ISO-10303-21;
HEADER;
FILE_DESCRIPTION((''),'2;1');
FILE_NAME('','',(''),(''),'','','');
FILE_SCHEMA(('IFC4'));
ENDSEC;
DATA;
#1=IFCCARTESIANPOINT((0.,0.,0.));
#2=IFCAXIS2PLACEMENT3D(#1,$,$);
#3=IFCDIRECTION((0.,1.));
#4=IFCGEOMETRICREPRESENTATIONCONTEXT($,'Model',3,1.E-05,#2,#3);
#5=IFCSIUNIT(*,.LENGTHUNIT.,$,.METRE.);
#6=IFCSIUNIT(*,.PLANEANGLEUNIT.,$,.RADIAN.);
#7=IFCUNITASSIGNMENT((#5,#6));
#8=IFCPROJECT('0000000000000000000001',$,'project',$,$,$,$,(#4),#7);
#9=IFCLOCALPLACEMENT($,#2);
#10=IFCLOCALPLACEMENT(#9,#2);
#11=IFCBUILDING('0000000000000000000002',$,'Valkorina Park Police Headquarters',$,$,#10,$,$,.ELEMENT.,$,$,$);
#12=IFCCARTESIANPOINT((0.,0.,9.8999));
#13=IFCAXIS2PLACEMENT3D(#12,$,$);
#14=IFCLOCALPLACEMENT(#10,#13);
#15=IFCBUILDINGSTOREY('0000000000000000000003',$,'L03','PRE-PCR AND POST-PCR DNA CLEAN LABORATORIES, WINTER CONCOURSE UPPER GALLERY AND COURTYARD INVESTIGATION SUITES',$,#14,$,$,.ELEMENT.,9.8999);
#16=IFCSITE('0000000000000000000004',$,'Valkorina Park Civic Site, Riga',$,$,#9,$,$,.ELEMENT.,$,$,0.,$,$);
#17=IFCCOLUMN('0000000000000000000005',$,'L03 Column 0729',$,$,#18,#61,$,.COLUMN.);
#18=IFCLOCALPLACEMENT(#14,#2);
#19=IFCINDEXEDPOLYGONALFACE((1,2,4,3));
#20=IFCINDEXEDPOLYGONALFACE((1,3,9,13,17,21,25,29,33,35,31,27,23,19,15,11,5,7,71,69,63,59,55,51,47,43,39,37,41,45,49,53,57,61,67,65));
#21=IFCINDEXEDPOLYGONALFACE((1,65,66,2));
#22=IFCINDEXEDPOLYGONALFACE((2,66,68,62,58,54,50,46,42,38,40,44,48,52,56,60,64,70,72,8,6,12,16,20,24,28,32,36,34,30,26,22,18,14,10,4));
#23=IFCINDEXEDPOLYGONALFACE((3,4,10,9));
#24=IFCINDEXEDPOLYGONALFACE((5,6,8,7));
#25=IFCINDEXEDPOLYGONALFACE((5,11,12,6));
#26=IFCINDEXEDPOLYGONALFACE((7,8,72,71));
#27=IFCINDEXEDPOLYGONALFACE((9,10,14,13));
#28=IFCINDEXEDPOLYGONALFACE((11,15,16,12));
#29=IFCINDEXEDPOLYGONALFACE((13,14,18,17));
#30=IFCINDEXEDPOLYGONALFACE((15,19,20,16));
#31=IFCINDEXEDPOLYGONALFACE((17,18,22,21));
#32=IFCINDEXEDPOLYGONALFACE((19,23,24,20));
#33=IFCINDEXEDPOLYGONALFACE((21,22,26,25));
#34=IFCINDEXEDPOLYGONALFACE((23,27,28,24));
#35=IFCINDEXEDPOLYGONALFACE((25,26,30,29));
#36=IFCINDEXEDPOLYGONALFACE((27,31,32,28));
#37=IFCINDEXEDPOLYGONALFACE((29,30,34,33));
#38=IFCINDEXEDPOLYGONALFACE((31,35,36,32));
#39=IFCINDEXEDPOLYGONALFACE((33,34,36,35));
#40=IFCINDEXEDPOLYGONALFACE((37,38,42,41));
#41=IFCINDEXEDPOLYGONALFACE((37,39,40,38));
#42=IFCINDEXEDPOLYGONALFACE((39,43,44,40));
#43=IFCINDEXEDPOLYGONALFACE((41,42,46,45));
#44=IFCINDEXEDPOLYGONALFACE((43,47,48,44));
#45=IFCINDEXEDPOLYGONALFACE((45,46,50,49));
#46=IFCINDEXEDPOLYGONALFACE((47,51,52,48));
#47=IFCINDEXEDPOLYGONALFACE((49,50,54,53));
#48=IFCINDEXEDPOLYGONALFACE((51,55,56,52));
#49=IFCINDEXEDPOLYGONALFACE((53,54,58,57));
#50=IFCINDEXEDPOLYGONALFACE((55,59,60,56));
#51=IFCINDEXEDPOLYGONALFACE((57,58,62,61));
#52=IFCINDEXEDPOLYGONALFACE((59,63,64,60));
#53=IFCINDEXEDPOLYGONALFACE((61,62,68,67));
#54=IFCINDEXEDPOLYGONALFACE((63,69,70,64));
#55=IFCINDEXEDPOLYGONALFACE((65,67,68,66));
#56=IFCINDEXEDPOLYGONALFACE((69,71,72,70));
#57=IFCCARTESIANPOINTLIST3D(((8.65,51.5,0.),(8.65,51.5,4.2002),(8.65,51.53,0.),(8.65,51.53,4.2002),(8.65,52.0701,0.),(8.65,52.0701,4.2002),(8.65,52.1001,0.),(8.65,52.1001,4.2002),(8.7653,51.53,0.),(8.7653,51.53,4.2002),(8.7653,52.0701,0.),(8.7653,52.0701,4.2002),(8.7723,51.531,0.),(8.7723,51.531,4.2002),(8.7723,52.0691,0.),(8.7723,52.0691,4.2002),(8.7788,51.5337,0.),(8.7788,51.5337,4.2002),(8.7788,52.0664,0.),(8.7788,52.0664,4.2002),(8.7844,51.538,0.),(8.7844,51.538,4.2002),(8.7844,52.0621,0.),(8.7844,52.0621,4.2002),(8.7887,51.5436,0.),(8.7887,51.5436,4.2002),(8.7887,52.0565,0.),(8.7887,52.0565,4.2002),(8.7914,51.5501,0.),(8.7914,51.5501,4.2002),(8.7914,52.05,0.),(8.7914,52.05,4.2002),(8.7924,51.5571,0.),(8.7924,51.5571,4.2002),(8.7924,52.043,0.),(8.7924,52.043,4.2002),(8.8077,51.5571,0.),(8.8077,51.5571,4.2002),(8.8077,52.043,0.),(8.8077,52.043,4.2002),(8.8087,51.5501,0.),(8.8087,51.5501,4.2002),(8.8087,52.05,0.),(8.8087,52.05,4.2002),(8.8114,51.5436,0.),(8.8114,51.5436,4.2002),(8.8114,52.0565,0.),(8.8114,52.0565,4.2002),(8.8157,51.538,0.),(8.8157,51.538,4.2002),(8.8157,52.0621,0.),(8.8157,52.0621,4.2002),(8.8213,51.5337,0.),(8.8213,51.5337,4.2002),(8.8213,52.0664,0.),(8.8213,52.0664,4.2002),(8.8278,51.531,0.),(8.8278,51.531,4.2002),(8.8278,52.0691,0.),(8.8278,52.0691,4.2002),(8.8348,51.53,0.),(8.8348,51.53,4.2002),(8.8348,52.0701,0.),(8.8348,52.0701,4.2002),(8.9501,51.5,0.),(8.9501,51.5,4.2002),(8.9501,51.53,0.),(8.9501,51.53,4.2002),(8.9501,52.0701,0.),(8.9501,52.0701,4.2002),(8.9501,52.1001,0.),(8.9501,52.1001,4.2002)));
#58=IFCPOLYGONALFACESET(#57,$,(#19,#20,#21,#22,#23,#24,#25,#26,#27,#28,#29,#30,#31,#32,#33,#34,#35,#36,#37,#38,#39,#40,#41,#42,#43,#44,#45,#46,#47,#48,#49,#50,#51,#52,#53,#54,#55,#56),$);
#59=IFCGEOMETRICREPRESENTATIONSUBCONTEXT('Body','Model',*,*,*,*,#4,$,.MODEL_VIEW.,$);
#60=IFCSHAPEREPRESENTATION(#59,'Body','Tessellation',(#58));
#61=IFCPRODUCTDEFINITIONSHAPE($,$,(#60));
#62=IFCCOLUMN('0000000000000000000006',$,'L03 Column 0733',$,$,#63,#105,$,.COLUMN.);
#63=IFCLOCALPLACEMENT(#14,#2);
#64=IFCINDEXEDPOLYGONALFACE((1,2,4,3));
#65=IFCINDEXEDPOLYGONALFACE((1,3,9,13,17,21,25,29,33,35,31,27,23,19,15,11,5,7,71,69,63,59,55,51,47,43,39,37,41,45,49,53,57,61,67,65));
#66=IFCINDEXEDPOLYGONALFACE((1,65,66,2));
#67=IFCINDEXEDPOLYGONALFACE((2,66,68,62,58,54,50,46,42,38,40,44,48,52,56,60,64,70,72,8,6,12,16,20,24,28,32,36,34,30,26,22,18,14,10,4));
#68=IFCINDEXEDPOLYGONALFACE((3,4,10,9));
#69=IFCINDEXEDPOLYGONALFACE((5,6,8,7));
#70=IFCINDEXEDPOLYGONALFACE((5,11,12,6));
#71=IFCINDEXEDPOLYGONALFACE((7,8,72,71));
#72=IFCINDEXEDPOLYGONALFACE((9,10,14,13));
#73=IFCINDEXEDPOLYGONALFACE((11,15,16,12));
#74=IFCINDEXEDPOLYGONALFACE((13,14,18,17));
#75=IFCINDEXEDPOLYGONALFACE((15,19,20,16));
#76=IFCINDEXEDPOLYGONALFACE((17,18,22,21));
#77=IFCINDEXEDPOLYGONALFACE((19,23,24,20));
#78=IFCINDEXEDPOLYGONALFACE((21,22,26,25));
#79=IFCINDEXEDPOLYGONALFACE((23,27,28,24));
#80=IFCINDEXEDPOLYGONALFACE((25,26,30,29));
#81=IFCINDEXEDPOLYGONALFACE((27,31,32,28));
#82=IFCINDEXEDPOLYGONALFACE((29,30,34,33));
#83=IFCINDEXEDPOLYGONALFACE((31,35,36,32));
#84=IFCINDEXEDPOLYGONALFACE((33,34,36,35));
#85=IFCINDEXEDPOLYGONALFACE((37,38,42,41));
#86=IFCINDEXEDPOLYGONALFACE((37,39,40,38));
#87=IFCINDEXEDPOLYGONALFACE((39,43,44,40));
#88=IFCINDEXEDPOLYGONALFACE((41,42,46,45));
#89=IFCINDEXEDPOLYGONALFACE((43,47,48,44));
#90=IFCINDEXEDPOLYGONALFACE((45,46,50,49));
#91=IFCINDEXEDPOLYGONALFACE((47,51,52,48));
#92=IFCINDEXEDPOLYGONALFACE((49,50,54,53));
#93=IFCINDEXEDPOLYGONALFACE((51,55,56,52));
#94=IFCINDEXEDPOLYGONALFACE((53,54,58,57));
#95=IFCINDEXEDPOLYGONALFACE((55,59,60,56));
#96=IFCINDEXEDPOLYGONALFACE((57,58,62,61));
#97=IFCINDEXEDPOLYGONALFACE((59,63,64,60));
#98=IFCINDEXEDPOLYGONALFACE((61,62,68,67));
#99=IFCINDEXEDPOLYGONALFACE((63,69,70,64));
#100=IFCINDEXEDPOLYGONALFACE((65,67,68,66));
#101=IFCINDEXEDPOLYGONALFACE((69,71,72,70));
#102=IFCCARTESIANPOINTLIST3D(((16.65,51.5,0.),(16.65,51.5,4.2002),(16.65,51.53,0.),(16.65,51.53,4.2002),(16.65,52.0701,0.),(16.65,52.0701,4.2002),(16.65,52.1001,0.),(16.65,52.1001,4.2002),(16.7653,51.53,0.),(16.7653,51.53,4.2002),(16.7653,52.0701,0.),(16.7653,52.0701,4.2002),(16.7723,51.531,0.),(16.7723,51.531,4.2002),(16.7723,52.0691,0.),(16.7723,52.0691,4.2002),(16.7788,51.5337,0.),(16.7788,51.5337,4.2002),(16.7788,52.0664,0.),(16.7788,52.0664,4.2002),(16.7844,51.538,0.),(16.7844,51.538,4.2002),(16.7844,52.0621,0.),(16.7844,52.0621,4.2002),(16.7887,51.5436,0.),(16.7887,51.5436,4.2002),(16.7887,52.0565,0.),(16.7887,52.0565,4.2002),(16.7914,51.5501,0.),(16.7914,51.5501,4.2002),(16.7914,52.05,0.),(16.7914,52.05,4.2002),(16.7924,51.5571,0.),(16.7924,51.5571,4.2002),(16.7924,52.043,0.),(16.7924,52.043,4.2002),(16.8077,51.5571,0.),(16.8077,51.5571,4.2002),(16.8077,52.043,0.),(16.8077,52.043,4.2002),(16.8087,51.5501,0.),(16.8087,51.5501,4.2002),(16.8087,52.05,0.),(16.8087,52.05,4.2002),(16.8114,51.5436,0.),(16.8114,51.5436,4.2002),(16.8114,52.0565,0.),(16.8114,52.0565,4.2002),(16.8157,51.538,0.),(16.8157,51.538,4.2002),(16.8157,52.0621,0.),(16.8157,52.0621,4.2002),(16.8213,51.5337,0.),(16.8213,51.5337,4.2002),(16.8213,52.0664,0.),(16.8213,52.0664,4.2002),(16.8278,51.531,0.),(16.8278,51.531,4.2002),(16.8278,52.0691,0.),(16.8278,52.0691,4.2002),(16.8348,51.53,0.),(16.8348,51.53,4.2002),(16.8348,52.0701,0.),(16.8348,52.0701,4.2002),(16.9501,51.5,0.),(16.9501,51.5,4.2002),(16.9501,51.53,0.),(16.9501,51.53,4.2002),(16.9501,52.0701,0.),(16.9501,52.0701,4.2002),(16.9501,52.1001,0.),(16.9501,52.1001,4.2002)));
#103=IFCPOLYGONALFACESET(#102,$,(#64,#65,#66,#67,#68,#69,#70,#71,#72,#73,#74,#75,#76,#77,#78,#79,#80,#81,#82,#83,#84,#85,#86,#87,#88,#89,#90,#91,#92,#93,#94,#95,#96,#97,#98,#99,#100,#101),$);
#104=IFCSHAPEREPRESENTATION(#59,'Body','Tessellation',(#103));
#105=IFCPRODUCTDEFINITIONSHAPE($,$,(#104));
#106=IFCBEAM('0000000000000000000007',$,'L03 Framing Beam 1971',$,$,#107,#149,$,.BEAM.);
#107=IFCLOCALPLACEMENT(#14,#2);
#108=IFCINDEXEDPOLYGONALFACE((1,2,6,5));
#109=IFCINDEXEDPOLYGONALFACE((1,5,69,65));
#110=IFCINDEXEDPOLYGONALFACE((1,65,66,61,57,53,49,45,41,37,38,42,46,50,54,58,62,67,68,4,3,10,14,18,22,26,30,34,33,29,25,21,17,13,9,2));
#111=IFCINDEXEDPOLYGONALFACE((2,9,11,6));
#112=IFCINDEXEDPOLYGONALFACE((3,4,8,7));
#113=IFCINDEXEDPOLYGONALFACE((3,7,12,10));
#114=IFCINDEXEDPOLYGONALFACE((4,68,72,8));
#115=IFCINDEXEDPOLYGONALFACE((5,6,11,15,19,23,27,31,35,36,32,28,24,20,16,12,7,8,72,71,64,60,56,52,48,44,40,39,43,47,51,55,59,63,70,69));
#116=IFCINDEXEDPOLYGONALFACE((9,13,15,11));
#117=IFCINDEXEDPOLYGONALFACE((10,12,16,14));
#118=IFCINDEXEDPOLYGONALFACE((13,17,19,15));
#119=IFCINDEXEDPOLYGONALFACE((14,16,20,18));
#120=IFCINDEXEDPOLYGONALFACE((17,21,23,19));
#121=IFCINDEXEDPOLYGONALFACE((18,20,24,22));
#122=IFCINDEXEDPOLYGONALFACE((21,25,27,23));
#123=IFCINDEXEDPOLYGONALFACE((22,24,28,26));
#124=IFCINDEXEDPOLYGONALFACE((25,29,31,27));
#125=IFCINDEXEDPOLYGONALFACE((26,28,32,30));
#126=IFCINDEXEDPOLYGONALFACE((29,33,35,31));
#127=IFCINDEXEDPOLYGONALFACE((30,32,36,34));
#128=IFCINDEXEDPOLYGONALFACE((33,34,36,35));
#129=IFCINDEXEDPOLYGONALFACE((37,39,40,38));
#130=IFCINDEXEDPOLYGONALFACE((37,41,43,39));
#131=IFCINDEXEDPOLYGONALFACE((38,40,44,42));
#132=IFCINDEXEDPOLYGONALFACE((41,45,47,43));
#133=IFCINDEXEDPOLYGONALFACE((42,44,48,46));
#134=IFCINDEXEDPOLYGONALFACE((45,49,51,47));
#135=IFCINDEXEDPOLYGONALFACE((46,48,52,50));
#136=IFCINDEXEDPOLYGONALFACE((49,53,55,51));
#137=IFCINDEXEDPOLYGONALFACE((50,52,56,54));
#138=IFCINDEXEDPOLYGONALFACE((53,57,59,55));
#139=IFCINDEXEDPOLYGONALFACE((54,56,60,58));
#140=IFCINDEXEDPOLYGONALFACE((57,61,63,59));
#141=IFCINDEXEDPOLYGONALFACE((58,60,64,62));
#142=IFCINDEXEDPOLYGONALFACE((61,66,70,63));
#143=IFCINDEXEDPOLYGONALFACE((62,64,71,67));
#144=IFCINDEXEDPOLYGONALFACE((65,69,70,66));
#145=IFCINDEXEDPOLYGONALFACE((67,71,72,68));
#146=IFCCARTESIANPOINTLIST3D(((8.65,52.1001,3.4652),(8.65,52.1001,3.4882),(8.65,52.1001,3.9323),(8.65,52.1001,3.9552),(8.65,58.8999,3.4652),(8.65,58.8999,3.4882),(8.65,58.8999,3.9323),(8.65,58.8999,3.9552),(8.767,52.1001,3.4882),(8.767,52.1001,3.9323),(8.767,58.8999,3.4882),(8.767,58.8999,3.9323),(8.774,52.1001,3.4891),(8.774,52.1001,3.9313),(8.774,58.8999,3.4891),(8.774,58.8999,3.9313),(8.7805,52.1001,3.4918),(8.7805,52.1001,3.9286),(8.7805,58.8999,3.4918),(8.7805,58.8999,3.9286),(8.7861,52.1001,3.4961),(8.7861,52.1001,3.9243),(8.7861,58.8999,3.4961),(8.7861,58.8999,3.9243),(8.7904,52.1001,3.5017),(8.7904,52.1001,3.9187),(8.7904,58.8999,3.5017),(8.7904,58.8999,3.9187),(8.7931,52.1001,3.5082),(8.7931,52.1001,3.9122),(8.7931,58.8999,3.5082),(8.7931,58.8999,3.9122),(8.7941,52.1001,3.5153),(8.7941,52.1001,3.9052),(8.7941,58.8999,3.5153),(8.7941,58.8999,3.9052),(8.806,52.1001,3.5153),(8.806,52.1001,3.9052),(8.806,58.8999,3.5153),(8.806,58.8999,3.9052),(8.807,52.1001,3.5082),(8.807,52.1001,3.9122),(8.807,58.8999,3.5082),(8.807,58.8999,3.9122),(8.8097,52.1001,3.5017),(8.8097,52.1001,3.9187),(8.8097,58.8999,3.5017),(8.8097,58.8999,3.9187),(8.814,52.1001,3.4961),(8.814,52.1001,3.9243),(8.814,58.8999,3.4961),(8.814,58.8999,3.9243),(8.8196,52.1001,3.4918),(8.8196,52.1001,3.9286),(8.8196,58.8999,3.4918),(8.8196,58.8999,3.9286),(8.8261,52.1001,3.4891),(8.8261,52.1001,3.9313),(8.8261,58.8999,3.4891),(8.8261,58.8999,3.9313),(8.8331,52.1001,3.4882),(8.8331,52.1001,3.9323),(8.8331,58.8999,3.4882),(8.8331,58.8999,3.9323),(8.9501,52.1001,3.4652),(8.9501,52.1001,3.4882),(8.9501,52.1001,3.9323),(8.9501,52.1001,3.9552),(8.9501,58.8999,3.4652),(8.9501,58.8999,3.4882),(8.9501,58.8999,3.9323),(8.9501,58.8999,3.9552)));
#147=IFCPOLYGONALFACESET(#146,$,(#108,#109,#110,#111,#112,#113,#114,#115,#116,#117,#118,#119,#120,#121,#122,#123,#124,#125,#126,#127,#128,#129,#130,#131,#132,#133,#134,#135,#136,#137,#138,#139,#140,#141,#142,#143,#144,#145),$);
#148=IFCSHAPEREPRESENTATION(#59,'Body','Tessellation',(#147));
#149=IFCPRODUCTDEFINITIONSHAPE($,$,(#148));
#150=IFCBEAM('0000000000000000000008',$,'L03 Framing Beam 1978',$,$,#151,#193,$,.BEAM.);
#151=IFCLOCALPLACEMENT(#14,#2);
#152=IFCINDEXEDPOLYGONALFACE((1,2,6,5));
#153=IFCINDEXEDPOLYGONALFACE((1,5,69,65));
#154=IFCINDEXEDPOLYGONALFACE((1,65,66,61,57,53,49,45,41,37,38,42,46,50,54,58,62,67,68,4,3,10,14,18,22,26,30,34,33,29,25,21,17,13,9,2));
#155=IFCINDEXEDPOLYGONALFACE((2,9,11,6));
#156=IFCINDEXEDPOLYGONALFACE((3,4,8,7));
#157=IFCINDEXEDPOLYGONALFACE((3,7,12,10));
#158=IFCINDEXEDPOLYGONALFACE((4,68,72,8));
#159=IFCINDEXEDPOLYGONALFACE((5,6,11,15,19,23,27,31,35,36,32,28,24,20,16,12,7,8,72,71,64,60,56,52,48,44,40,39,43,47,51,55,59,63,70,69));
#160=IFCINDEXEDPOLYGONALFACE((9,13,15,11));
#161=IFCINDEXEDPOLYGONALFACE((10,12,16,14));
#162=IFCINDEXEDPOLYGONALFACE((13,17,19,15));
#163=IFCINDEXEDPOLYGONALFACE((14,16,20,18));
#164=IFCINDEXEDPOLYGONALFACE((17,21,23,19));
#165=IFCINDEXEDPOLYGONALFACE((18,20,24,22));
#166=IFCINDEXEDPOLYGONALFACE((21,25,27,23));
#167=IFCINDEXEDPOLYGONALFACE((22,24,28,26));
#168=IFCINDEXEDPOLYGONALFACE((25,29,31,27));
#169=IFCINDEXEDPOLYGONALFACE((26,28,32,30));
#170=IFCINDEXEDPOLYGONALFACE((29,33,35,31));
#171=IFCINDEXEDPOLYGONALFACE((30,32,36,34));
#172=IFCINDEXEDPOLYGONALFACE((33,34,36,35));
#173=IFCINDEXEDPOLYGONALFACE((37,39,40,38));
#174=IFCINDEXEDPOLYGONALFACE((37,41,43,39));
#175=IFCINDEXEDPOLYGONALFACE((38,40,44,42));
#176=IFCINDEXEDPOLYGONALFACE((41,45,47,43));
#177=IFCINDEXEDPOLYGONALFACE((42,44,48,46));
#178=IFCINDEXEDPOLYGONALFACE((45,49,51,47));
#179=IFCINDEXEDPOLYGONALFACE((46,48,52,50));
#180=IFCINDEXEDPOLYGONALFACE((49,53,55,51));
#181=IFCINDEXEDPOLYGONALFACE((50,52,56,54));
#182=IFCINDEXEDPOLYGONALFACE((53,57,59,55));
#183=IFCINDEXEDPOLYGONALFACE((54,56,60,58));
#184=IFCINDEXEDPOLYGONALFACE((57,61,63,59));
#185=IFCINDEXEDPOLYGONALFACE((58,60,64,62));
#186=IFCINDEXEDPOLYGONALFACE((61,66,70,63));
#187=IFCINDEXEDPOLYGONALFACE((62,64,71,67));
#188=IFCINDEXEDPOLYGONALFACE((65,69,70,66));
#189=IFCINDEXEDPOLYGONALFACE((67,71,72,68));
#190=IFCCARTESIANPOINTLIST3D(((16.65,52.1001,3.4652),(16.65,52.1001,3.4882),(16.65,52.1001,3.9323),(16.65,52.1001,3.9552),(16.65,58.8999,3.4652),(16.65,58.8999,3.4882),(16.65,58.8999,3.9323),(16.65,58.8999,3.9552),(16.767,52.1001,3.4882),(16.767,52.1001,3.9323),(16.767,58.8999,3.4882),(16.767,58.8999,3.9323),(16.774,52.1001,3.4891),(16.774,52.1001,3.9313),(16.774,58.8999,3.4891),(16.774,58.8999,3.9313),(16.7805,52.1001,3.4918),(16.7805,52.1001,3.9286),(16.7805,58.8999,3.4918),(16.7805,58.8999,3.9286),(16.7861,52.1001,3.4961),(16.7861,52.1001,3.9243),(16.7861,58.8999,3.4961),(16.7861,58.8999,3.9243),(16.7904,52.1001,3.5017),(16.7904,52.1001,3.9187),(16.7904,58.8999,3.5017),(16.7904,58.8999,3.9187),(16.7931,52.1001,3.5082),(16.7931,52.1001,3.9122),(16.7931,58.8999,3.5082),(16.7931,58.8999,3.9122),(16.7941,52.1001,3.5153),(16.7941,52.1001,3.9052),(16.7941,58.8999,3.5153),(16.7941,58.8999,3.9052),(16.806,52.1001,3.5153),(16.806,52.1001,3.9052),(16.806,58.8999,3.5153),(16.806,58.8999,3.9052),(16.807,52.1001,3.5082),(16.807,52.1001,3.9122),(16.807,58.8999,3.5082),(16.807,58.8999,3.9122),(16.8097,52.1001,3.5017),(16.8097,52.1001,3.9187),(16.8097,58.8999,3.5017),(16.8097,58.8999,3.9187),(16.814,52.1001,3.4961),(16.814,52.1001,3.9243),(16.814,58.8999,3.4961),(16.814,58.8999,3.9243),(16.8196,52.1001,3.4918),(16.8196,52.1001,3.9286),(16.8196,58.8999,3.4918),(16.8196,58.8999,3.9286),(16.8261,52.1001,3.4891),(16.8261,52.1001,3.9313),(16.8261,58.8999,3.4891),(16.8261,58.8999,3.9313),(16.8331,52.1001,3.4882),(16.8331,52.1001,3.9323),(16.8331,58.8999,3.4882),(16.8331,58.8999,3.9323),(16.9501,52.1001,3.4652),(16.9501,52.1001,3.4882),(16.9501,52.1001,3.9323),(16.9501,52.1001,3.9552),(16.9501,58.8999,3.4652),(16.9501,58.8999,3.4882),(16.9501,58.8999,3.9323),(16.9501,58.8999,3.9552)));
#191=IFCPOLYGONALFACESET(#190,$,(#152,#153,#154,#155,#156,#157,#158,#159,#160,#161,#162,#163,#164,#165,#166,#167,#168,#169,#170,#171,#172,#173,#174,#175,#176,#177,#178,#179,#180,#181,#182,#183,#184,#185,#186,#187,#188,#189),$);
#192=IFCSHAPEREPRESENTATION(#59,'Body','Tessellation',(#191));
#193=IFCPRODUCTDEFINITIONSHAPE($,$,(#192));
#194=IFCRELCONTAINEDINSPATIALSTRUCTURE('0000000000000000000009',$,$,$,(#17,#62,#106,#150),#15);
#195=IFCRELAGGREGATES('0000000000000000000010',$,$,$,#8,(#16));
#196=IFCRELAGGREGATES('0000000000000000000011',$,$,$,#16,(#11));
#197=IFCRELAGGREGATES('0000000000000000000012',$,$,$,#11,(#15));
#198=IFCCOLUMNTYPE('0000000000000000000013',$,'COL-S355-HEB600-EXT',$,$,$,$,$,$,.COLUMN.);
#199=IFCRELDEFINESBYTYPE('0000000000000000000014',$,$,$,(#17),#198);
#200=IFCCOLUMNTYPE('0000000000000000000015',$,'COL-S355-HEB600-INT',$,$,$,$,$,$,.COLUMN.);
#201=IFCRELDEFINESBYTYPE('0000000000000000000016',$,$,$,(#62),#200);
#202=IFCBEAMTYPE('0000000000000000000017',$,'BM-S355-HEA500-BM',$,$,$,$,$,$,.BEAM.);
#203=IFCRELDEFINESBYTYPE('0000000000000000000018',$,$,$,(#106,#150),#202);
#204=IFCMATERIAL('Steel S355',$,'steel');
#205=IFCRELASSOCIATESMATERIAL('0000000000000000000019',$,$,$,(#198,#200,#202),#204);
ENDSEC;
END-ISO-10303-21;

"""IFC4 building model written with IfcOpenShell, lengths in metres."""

from ifc_helpers import new_model, si_unit, direction, frame, origin, origin_2d, place, context, subcontext, project, spatial, i_section, extrude, material, material_profile, profile_set, type_object, element, save


model = new_model("IFC4")

# Units and contexts
model_context = context("Model", 3, precision=1e-05, world=origin(), true_north=direction((0.0, 1.0)))
body_context = subcontext(model_context, "Body", "Model", "MODEL_VIEW")
ifc_project = project(units=[si_unit("LENGTHUNIT", "METRE"), si_unit("PLANEANGLEUNIT", "RADIAN")], contexts=[model_context])

# Site, building, storey
site_placement = place(None, origin())
site = spatial("IfcSite", under=ifc_project, at=site_placement, Name="Valkorina Park Civic Site, Riga", CompositionType="ELEMENT", RefElevation=0.0)
building_placement = place(site_placement, origin())
building = spatial("IfcBuilding", under=site, at=building_placement, Name="Valkorina Park Police Headquarters", CompositionType="ELEMENT")
storey_placement = place(building_placement, frame((0.0, 0.0, 9.8999)))
storey = spatial("IfcBuildingStorey", under=building, at=storey_placement, Name="L03", Description="PRE-PCR AND POST-PCR DNA CLEAN LABORATORIES, WINTER CONCOURSE UPPER GALLERY AND COURTYARD INVESTIGATION SUITES", CompositionType="ELEMENT", Elevation=9.8999)

# Columns
ifc_material_1 = material(Name="Steel S355", Category="steel")
ifc_material_profile_1 = material_profile(ifc_material_1, i_section(OverallWidth=0.3, OverallDepth=0.6001, WebThickness=0.0154, FlangeThickness=0.03, FilletRadius=0.0271, at=origin_2d()), Name="HEB 600")
ifc_profile_set_1 = profile_set([ifc_material_profile_1], Name="Steel S355")
column_type_1 = type_object("IfcColumnType", Name="COL-S355-HEB600-EXT", PredefinedType="COLUMN", material=ifc_profile_set_1)
column_1_placement = place(storey_placement, frame((8.8, 51.8, 0.0), z_axis=(0.0, 0.0, 1.0), x_axis=(1.0, 0.0, 0.0)))
element("IfcColumn", 1, at=column_1_placement, inside=storey, type_object=column_type_1, Name="L03 Column 0729", PredefinedType="COLUMN", context=body_context, shape_type="SweptSolid", body=[
    extrude(i_section(OverallWidth=0.3, OverallDepth=0.6001, WebThickness=0.0154, FlangeThickness=0.03, FilletRadius=0.0271, at=origin_2d()), origin(), (0.0, 0.0, 1.0), 4.2002),
])
ifc_material_profile_2 = material_profile(ifc_material_1, i_section(OverallWidth=0.3, OverallDepth=0.6001, WebThickness=0.0154, FlangeThickness=0.03, FilletRadius=0.0271, at=origin_2d()), Name="HEB 600")
ifc_profile_set_2 = profile_set([ifc_material_profile_2], Name="Steel S355")
column_type_2 = type_object("IfcColumnType", Name="COL-S355-HEB600-INT", PredefinedType="COLUMN", material=ifc_profile_set_2)
column_2_placement = place(storey_placement, frame((16.8, 51.8, 0.0), z_axis=(0.0, 0.0, 1.0), x_axis=(1.0, 0.0, 0.0)))
element("IfcColumn", 2, at=column_2_placement, inside=storey, type_object=column_type_2, Name="L03 Column 0733", PredefinedType="COLUMN", context=body_context, shape_type="SweptSolid", body=[
    extrude(i_section(OverallWidth=0.3, OverallDepth=0.6001, WebThickness=0.0154, FlangeThickness=0.03, FilletRadius=0.0271, at=origin_2d()), origin(), (0.0, 0.0, 1.0), 4.2002),
])

# Beams
ifc_material_profile_3 = material_profile(ifc_material_1, i_section(OverallWidth=0.3, OverallDepth=0.49, WebThickness=0.012, FlangeThickness=0.0229, FilletRadius=0.0271, at=origin_2d()), Name="HEA 500")
ifc_profile_set_3 = profile_set([ifc_material_profile_3], Name="Steel S355")
beam_type_1 = type_object("IfcBeamType", Name="BM-S355-HEA500-BM", PredefinedType="BEAM", material=ifc_profile_set_3)
for number, where, z_axis, x_axis, name in (
    (3, (8.8, 52.1001, 3.7102), (0.0, 1.0, 0.0), (-1.0, 0.0, 0.0), "L03 Framing Beam 1971"),
    (4, (16.8, 52.1001, 3.7102), (0.0, 1.0, 0.0), (-1.0, 0.0, 0.0), "L03 Framing Beam 1978"),
):
    element("IfcBeam", number, at=place(storey_placement, frame(where, z_axis=z_axis, x_axis=x_axis)), inside=storey, type_object=beam_type_1, Name=name, PredefinedType="BEAM", context=body_context, shape_type="SweptSolid", body=[
        extrude(i_section(OverallWidth=0.3, OverallDepth=0.49, WebThickness=0.012, FlangeThickness=0.0229, FilletRadius=0.0271, at=origin_2d()), origin(), (0.0, 0.0, 1.0), 6.7998),
    ])

save(model, "model.ifc")
